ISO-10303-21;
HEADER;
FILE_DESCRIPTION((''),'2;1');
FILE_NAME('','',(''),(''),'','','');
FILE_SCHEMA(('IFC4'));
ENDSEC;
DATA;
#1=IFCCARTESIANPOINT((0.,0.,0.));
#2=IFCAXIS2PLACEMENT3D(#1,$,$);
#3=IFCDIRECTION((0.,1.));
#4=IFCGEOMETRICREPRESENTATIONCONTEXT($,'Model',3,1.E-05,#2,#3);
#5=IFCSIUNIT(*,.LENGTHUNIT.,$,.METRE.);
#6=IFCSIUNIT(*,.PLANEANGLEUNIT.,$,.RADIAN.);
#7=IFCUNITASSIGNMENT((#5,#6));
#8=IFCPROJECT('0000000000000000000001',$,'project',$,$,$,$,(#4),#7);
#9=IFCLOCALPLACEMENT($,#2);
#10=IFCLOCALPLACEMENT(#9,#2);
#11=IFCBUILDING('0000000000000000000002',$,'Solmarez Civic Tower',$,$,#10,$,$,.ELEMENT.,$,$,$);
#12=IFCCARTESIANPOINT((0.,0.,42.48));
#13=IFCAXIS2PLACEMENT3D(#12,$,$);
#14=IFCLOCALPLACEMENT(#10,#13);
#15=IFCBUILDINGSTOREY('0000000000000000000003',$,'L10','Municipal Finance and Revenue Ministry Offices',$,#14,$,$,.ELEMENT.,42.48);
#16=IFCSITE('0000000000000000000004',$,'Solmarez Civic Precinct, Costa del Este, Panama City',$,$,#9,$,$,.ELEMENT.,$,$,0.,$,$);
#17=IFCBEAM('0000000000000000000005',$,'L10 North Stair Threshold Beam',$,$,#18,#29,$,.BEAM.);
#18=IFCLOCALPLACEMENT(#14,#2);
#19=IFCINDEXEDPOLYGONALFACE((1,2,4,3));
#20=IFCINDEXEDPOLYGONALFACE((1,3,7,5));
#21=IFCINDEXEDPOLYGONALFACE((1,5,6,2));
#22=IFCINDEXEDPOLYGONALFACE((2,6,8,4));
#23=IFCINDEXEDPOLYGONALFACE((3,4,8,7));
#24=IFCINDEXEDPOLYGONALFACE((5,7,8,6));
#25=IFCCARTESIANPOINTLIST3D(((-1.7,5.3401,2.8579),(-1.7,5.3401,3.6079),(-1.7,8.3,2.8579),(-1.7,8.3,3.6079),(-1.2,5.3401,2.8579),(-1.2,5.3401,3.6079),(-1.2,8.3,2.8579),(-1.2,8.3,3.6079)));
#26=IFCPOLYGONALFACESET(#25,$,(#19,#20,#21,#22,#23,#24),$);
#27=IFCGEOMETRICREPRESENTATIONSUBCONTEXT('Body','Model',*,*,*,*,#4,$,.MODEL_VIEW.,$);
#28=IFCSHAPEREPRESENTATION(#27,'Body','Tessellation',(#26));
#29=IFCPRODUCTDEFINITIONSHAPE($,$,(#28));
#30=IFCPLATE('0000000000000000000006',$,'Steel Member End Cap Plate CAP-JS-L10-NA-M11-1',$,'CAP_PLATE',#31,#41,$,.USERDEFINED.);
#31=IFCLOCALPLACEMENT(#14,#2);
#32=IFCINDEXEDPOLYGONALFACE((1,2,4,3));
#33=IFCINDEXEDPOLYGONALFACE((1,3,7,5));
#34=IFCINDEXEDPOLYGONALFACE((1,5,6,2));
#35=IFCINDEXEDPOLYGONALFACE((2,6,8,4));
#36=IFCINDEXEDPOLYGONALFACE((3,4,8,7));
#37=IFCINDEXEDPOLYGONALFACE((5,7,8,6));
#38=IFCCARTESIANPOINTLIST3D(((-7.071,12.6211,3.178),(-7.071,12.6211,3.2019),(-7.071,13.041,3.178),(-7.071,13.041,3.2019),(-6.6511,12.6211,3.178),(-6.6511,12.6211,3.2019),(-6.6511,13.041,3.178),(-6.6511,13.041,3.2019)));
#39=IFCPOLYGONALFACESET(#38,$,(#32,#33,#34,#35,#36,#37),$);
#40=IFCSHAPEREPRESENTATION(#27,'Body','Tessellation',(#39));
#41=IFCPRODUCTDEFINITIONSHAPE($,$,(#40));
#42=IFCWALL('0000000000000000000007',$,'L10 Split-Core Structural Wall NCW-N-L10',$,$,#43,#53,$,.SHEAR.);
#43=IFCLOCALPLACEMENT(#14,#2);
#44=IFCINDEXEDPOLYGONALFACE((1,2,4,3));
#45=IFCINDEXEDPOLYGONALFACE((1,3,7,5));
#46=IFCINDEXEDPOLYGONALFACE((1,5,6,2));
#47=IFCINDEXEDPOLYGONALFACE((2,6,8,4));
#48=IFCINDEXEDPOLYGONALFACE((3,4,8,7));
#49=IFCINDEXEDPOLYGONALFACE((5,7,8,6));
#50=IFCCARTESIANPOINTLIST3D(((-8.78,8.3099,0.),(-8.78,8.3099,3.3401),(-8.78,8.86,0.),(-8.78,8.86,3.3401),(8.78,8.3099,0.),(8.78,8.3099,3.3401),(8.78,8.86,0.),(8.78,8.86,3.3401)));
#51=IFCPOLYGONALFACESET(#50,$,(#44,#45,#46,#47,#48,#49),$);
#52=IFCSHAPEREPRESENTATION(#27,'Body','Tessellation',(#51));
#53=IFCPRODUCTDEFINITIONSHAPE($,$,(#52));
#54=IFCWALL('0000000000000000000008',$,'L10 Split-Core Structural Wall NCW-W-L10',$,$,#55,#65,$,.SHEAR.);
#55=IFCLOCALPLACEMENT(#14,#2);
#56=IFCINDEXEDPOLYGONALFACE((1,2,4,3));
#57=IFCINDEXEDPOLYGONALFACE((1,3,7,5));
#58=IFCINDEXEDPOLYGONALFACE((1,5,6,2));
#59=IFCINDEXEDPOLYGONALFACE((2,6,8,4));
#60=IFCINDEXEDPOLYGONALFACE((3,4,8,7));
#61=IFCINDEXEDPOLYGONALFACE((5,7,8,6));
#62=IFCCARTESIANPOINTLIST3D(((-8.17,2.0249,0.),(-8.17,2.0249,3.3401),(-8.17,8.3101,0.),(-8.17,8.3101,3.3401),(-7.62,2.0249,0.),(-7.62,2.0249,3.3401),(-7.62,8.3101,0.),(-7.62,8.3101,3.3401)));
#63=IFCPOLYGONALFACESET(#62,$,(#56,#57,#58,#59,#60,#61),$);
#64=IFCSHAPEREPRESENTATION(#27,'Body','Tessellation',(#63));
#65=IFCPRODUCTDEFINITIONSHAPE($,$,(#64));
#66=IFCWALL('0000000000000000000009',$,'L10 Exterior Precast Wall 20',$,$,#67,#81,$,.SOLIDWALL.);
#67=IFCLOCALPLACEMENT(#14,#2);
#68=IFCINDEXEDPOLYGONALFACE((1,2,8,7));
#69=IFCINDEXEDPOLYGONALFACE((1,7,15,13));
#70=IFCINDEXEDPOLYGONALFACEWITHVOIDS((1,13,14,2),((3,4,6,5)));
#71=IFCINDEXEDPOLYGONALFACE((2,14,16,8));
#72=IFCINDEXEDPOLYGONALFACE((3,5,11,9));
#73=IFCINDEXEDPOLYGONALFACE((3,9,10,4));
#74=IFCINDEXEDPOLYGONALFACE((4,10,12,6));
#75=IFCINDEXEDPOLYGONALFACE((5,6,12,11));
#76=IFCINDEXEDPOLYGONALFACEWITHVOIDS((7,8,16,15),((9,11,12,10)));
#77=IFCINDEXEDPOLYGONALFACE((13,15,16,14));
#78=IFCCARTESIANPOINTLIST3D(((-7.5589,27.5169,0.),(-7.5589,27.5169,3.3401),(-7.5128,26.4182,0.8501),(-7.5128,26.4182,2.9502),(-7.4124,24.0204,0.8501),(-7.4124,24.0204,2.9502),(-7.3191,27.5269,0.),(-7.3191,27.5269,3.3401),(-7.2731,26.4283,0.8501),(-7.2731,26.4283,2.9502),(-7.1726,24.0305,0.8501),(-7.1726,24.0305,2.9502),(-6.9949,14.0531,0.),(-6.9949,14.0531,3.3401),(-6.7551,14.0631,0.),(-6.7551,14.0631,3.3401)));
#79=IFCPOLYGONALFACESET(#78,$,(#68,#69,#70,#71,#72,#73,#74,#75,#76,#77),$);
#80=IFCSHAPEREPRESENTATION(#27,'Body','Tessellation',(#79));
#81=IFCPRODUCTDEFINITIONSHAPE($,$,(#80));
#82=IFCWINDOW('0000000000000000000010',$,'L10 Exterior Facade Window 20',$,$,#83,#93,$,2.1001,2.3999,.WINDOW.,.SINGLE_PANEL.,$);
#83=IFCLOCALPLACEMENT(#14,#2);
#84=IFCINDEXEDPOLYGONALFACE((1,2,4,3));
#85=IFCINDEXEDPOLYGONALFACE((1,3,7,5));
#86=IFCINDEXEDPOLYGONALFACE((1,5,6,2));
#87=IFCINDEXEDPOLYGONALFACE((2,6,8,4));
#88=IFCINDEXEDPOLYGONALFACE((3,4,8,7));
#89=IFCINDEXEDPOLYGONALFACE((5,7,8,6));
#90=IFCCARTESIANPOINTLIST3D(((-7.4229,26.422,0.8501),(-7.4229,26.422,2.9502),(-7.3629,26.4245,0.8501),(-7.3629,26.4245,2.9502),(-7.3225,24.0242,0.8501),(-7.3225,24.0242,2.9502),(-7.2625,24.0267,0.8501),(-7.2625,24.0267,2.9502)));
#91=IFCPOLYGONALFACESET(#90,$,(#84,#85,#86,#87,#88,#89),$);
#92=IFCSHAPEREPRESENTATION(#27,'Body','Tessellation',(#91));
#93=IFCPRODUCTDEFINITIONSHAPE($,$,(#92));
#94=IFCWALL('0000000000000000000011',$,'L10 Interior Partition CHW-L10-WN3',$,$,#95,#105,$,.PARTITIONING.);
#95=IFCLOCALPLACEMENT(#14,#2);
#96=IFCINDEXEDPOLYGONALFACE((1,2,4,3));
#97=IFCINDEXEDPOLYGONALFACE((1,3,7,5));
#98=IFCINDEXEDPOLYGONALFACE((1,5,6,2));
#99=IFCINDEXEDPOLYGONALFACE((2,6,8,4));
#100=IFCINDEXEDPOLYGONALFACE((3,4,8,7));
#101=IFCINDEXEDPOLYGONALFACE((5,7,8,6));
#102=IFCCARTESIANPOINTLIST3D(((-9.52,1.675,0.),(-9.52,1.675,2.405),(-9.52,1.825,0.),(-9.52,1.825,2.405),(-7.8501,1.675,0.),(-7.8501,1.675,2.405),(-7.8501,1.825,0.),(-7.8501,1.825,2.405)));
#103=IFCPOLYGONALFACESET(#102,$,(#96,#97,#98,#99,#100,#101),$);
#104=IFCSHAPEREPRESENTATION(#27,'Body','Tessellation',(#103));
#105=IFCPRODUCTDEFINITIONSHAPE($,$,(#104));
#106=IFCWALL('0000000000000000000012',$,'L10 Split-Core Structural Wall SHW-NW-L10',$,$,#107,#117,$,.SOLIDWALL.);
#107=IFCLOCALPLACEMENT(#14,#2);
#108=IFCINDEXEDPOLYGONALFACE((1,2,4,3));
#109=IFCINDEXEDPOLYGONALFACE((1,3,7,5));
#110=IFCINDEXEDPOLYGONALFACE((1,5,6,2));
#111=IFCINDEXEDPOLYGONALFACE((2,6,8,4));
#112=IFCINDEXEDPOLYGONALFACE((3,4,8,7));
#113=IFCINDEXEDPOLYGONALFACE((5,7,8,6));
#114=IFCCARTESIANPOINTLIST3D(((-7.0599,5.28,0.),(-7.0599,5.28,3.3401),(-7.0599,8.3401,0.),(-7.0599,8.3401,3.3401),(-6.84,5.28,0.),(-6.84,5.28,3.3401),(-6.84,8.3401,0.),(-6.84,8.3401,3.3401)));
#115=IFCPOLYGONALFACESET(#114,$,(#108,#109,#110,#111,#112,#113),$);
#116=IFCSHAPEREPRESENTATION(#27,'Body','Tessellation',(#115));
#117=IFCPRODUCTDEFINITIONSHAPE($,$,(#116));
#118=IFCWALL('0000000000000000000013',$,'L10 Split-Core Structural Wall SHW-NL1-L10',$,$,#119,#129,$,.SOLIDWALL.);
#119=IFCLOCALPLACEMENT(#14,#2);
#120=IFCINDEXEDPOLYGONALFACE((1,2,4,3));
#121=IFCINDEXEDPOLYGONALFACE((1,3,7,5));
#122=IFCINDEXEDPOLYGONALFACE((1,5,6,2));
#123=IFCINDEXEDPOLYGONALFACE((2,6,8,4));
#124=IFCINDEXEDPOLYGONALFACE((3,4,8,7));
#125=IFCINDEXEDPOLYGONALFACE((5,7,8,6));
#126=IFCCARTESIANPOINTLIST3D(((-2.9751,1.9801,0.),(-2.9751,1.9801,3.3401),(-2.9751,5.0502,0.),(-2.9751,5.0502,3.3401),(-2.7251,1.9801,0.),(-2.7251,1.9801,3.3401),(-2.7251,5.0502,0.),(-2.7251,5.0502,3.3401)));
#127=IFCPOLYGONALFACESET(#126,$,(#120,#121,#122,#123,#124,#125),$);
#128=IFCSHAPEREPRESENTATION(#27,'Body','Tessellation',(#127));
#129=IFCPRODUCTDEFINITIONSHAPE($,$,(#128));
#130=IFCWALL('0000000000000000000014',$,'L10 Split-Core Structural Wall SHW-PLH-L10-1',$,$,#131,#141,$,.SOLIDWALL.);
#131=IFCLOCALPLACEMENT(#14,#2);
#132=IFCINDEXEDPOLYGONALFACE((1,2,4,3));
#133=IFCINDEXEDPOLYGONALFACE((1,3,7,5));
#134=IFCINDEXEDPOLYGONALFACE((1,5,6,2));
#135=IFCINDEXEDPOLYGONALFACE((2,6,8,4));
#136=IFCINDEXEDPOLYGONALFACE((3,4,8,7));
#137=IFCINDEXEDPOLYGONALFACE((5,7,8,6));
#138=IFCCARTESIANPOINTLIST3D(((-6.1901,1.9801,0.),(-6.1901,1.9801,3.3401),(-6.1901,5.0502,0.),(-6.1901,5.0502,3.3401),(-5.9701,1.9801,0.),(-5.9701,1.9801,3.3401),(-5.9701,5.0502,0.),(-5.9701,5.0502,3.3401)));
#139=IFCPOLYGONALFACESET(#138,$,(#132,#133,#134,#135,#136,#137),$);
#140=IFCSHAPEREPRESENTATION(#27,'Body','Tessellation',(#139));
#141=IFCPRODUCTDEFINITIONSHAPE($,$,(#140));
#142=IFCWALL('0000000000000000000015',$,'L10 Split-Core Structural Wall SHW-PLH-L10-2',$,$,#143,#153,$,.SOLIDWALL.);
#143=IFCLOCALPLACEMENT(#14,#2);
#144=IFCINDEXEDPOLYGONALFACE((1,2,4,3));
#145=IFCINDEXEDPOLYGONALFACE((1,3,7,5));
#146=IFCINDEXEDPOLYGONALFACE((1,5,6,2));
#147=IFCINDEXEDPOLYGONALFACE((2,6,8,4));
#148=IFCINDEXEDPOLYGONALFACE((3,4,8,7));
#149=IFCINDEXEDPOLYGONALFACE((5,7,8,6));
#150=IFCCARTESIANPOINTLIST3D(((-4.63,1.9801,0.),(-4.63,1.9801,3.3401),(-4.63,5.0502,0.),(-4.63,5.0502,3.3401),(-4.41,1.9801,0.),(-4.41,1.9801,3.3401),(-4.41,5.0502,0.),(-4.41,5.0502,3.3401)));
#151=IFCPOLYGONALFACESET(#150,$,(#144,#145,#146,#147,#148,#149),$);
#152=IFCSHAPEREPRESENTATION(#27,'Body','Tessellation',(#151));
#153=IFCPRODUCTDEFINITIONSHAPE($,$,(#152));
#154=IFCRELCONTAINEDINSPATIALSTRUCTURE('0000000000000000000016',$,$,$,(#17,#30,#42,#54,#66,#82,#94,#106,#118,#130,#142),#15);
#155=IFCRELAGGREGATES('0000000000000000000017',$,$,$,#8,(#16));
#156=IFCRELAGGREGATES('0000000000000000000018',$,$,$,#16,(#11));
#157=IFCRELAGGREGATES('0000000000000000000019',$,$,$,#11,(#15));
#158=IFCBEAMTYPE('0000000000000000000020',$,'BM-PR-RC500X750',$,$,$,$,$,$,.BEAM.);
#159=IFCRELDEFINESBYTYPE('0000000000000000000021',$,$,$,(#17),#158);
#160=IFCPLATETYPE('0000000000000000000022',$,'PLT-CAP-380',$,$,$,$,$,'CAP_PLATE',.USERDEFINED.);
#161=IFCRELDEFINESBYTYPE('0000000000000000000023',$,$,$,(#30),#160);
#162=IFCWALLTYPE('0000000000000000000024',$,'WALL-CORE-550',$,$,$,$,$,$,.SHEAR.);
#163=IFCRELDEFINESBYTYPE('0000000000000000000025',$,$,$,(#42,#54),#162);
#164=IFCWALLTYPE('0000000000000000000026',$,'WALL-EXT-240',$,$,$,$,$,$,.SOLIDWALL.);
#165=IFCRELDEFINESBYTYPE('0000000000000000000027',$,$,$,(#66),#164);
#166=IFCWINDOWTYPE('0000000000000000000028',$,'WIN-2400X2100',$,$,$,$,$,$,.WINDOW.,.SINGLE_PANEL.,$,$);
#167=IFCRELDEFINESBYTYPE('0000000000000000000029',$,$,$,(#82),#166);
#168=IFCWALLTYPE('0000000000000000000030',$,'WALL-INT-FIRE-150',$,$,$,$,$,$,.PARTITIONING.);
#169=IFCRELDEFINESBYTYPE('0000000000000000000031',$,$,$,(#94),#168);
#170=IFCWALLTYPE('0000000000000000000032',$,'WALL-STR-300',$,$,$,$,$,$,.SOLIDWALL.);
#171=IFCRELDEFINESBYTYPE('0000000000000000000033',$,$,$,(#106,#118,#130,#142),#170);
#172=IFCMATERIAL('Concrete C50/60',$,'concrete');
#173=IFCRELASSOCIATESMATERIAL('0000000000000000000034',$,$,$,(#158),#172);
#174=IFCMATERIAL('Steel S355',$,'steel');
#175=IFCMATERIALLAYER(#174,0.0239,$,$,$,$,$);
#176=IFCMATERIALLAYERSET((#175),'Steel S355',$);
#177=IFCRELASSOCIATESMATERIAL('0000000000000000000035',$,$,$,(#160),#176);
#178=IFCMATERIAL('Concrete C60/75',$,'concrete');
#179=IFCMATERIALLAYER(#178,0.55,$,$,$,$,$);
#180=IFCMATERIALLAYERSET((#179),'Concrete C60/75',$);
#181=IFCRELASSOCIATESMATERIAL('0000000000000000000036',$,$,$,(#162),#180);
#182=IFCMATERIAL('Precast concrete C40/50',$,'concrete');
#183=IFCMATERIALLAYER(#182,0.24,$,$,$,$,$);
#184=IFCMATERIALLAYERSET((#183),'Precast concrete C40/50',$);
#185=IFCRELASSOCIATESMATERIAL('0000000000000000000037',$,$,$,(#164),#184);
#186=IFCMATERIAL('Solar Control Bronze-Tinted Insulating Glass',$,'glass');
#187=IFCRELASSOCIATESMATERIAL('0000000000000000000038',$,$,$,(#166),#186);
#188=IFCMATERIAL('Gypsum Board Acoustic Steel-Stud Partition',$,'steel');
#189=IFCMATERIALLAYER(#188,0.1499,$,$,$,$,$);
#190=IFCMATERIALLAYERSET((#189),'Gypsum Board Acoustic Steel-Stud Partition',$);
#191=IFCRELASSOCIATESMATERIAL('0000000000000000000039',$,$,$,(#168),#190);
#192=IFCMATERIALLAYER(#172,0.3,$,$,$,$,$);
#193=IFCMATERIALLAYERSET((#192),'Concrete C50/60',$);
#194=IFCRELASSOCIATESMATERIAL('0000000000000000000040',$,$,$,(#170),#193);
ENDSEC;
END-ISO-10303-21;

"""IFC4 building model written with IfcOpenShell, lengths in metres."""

from ifc_helpers import new_model, si_unit, direction, frame, frame_2d, origin, origin_2d, place, context, subcontext, project, spatial, rectangle, extrude, material, layer, layer_set, material_profile, profile_set, type_object, element, fill, save


model = new_model("IFC4")

# Units and contexts
model_context = context("Model", 3, precision=1e-05, world=origin(), true_north=direction((0.0, 1.0)))
body_context = subcontext(model_context, "Body", "Model", "MODEL_VIEW")
ifc_project = project(units=[si_unit("LENGTHUNIT", "METRE"), si_unit("PLANEANGLEUNIT", "RADIAN")], contexts=[model_context])

# Site, building, storey
site_placement = place(None, origin())
site = spatial("IfcSite", under=ifc_project, at=site_placement, Name="Solmarez Civic Precinct, Costa del Este, Panama City", CompositionType="ELEMENT", RefElevation=0.0)
building_placement = place(site_placement, origin())
building = spatial("IfcBuilding", under=site, at=building_placement, Name="Solmarez Civic Tower", CompositionType="ELEMENT")
storey_placement = place(building_placement, frame((0.0, 0.0, 42.48)))
storey = spatial("IfcBuildingStorey", under=building, at=storey_placement, Name="L10", Description="Municipal Finance and Revenue Ministry Offices", CompositionType="ELEMENT", Elevation=42.48)

# Beam
ifc_material_1 = material(Name="Concrete C50/60", Category="concrete")
ifc_material_profile = material_profile(ifc_material_1, rectangle(XDim=0.5, YDim=0.75, at=origin_2d()), Name="RC500X750")
ifc_profile_set = profile_set([ifc_material_profile], Name="Concrete C50/60")
beam_type = type_object("IfcBeamType", Name="BM-PR-RC500X750", PredefinedType="BEAM", material=ifc_profile_set)
beam_placement = place(storey_placement, frame((-1.45, 5.3401, 3.2329), z_axis=(0.0, 1.0, 0.0), x_axis=(-1.0, 0.0, 0.0)))
element("IfcBeam", 1, at=beam_placement, inside=storey, type_object=beam_type, Name="L10 North Stair Threshold Beam", PredefinedType="BEAM", context=body_context, shape_type="SweptSolid", body=[
    extrude(rectangle(XDim=0.5, YDim=0.75, at=origin_2d()), origin(), (0.0, 0.0, 1.0), 2.96),
])

# Plate
ifc_material_2 = material(Name="Steel S355", Category="steel")
ifc_layer_1 = layer(ifc_material_2, 0.0239)
ifc_layer_set_1 = layer_set([ifc_layer_1], Name="Steel S355")
plate_type = type_object("IfcPlateType", Name="PLT-CAP-380", ElementType="CAP_PLATE", PredefinedType="USERDEFINED", material=ifc_layer_set_1)
plate_placement = place(storey_placement, frame((-6.8611, 12.8311, 3.178), z_axis=(0.0, 0.0, 1.0), x_axis=(1.0, 0.0, 0.0)))
element("IfcPlate", 2, at=plate_placement, inside=storey, type_object=plate_type, Name="Steel Member End Cap Plate CAP-JS-L10-NA-M11-1", ObjectType="CAP_PLATE", PredefinedType="USERDEFINED", context=body_context, shape_type="SweptSolid", body=[
    extrude(rectangle(XDim=0.4199, YDim=0.4199, at=origin_2d()), origin(), (0.0, 0.0, 1.0), 0.0239),
])

# Walls
ifc_material_3 = material(Name="Concrete C60/75", Category="concrete")
ifc_layer_2 = layer(ifc_material_3, 0.55)
ifc_layer_set_2 = layer_set([ifc_layer_2], Name="Concrete C60/75")
wall_type_1 = type_object("IfcWallType", Name="WALL-CORE-550", PredefinedType="SHEAR", material=ifc_layer_set_2)
wall_1_placement = place(storey_placement, frame((-8.78, 8.585, 0.0), z_axis=(0.0, 0.0, 1.0), x_axis=(1.0, 0.0, 0.0)))
element("IfcWall", 3, at=wall_1_placement, inside=storey, type_object=wall_type_1, Name="L10 Split-Core Structural Wall NCW-N-L10", PredefinedType="SHEAR", context=body_context, shape_type="SweptSolid", body=[
    extrude(rectangle(XDim=17.5601, YDim=0.55, at=frame_2d((8.78, 0.0))), origin(), (0.0, 0.0, 1.0), 3.3401),
])
wall_2_placement = place(storey_placement, frame((-7.895, 2.0249, 0.0), z_axis=(0.0, 0.0, 1.0), x_axis=(0.0, 1.0, 0.0)))
element("IfcWall", 4, at=wall_2_placement, inside=storey, type_object=wall_type_1, Name="L10 Split-Core Structural Wall NCW-W-L10", PredefinedType="SHEAR", context=body_context, shape_type="SweptSolid", body=[
    extrude(rectangle(XDim=6.2852, YDim=0.55, at=frame_2d((3.1426, 0.0))), origin(), (0.0, 0.0, 1.0), 3.3401),
])

# Wall, opening, window
ifc_material_4 = material(Name="Precast concrete C40/50", Category="concrete")
ifc_layer_3 = layer(ifc_material_4, 0.24)
ifc_layer_set_3 = layer_set([ifc_layer_3], Name="Precast concrete C40/50")
wall_type_2 = type_object("IfcWallType", Name="WALL-EXT-240", PredefinedType="SOLIDWALL", material=ifc_layer_set_3)
wall_3_placement = place(storey_placement, frame((-6.875, 14.0581, 0.0), z_axis=(0.0, 0.0, 1.0), x_axis=(-0.041851, 0.999124, 0.0)))
wall_3 = element("IfcWall", 5, at=wall_3_placement, inside=storey, type_object=wall_type_2, Name="L10 Exterior Precast Wall 20", PredefinedType="SOLIDWALL", context=body_context, shape_type="SweptSolid", body=[
    extrude(rectangle(XDim=13.4756, YDim=0.24, at=frame_2d((6.7378, 0.0))), origin(), (0.0, 0.0, 1.0), 3.3401),
])
opening_placement = place(wall_3_placement, frame((9.9761, 0.0, 0.8501)))
opening = element("IfcOpeningElement", 6, at=opening_placement, cuts=wall_3, PredefinedType="OPENING", context=body_context, shape_type="SweptSolid", body=[
    extrude(rectangle(XDim=2.3999, YDim=2.1001, at=frame_2d((1.2, 1.05))), frame((0.0, 0.1299, 0.0), z_axis=(0.0, -1.0, 0.0), x_axis=(1.0, 0.0, 0.0)), (0.0, 0.0, 1.0), 0.26),
])
ifc_material_5 = material(Name="Solar Control Bronze-Tinted Insulating Glass", Category="glass")
window_type = type_object("IfcWindowType", Name="WIN-2400X2100", PartitioningType="SINGLE_PANEL", PredefinedType="WINDOW", material=ifc_material_5)
window_placement = place(opening_placement, origin())
window = element("IfcWindow", 7, at=window_placement, inside=storey, type_object=window_type, Name="L10 Exterior Facade Window 20", OverallHeight=2.1001, OverallWidth=2.3999, PartitioningType="SINGLE_PANEL", PredefinedType="WINDOW", context=body_context, shape_type="SweptSolid", body=[
    extrude(rectangle(XDim=2.3999, YDim=2.1001, at=frame_2d((1.2, 1.05))), frame((0.0, 0.03, 0.0), z_axis=(0.0, -1.0, 0.0), x_axis=(1.0, 0.0, 0.0)), (0.0, 0.0, 1.0), 0.0601),
])
fill(opening, window)

# Walls
ifc_material_6 = material(Name="Gypsum Board Acoustic Steel-Stud Partition", Category="steel")
ifc_layer_4 = layer(ifc_material_6, 0.1499)
ifc_layer_set_4 = layer_set([ifc_layer_4], Name="Gypsum Board Acoustic Steel-Stud Partition")
wall_type_3 = type_object("IfcWallType", Name="WALL-INT-FIRE-150", PredefinedType="PARTITIONING", material=ifc_layer_set_4)
wall_4_placement = place(storey_placement, frame((-7.8501, 1.75, 0.0), z_axis=(0.0, 0.0, 1.0), x_axis=(-1.0, 0.0, 0.0)))
element("IfcWall", 8, at=wall_4_placement, inside=storey, type_object=wall_type_3, Name="L10 Interior Partition CHW-L10-WN3", PredefinedType="PARTITIONING", context=body_context, shape_type="SweptSolid", body=[
    extrude(rectangle(XDim=1.6699, YDim=0.1499, at=frame_2d((0.835, 0.0))), origin(), (0.0, 0.0, 1.0), 2.405),
])
ifc_layer_5 = layer(ifc_material_1, 0.3)
ifc_layer_set_5 = layer_set([ifc_layer_5], Name="Concrete C50/60")
wall_type_4 = type_object("IfcWallType", Name="WALL-STR-300", PredefinedType="SOLIDWALL", material=ifc_layer_set_5)
wall_5_placement = place(storey_placement, frame((-6.95, 5.28, 0.0), z_axis=(0.0, 0.0, 1.0), x_axis=(0.0, 1.0, 0.0)))
element("IfcWall", 9, at=wall_5_placement, inside=storey, type_object=wall_type_4, Name="L10 Split-Core Structural Wall SHW-NW-L10", PredefinedType="SOLIDWALL", context=body_context, shape_type="SweptSolid", body=[
    extrude(rectangle(XDim=3.0601, YDim=0.22, at=frame_2d((1.53, 0.0))), origin(), (0.0, 0.0, 1.0), 3.3401),
])
wall_6_placement = place(storey_placement, frame((-2.8501, 1.98, 0.0), z_axis=(0.0, 0.0, 1.0), x_axis=(0.0, 1.0, 0.0)))
element("IfcWall", 10, at=wall_6_placement, inside=storey, type_object=wall_type_4, Name="L10 Split-Core Structural Wall SHW-NL1-L10", PredefinedType="SOLIDWALL", context=body_context, shape_type="SweptSolid", body=[
    extrude(rectangle(XDim=3.0701, YDim=0.25, at=frame_2d((1.5352, 0.0))), origin(), (0.0, 0.0, 1.0), 3.3401),
])
for number, where, z_axis, x_axis, name in (
    (11, (-6.0801, 1.98, 0.0), (0.0, 0.0, 1.0), (0.0, 1.0, 0.0), "L10 Split-Core Structural Wall SHW-PLH-L10-1"),
    (12, (-4.52, 1.98, 0.0), (0.0, 0.0, 1.0), (0.0, 1.0, 0.0), "L10 Split-Core Structural Wall SHW-PLH-L10-2"),
):
    element("IfcWall", number, at=place(storey_placement, frame(where, z_axis=z_axis, x_axis=x_axis)), inside=storey, type_object=wall_type_4, Name=name, PredefinedType="SOLIDWALL", context=body_context, shape_type="SweptSolid", body=[
        extrude(rectangle(XDim=3.0701, YDim=0.22, at=frame_2d((1.5352, 0.0))), origin(), (0.0, 0.0, 1.0), 3.3401),
    ])

save(model, "model.ifc")
